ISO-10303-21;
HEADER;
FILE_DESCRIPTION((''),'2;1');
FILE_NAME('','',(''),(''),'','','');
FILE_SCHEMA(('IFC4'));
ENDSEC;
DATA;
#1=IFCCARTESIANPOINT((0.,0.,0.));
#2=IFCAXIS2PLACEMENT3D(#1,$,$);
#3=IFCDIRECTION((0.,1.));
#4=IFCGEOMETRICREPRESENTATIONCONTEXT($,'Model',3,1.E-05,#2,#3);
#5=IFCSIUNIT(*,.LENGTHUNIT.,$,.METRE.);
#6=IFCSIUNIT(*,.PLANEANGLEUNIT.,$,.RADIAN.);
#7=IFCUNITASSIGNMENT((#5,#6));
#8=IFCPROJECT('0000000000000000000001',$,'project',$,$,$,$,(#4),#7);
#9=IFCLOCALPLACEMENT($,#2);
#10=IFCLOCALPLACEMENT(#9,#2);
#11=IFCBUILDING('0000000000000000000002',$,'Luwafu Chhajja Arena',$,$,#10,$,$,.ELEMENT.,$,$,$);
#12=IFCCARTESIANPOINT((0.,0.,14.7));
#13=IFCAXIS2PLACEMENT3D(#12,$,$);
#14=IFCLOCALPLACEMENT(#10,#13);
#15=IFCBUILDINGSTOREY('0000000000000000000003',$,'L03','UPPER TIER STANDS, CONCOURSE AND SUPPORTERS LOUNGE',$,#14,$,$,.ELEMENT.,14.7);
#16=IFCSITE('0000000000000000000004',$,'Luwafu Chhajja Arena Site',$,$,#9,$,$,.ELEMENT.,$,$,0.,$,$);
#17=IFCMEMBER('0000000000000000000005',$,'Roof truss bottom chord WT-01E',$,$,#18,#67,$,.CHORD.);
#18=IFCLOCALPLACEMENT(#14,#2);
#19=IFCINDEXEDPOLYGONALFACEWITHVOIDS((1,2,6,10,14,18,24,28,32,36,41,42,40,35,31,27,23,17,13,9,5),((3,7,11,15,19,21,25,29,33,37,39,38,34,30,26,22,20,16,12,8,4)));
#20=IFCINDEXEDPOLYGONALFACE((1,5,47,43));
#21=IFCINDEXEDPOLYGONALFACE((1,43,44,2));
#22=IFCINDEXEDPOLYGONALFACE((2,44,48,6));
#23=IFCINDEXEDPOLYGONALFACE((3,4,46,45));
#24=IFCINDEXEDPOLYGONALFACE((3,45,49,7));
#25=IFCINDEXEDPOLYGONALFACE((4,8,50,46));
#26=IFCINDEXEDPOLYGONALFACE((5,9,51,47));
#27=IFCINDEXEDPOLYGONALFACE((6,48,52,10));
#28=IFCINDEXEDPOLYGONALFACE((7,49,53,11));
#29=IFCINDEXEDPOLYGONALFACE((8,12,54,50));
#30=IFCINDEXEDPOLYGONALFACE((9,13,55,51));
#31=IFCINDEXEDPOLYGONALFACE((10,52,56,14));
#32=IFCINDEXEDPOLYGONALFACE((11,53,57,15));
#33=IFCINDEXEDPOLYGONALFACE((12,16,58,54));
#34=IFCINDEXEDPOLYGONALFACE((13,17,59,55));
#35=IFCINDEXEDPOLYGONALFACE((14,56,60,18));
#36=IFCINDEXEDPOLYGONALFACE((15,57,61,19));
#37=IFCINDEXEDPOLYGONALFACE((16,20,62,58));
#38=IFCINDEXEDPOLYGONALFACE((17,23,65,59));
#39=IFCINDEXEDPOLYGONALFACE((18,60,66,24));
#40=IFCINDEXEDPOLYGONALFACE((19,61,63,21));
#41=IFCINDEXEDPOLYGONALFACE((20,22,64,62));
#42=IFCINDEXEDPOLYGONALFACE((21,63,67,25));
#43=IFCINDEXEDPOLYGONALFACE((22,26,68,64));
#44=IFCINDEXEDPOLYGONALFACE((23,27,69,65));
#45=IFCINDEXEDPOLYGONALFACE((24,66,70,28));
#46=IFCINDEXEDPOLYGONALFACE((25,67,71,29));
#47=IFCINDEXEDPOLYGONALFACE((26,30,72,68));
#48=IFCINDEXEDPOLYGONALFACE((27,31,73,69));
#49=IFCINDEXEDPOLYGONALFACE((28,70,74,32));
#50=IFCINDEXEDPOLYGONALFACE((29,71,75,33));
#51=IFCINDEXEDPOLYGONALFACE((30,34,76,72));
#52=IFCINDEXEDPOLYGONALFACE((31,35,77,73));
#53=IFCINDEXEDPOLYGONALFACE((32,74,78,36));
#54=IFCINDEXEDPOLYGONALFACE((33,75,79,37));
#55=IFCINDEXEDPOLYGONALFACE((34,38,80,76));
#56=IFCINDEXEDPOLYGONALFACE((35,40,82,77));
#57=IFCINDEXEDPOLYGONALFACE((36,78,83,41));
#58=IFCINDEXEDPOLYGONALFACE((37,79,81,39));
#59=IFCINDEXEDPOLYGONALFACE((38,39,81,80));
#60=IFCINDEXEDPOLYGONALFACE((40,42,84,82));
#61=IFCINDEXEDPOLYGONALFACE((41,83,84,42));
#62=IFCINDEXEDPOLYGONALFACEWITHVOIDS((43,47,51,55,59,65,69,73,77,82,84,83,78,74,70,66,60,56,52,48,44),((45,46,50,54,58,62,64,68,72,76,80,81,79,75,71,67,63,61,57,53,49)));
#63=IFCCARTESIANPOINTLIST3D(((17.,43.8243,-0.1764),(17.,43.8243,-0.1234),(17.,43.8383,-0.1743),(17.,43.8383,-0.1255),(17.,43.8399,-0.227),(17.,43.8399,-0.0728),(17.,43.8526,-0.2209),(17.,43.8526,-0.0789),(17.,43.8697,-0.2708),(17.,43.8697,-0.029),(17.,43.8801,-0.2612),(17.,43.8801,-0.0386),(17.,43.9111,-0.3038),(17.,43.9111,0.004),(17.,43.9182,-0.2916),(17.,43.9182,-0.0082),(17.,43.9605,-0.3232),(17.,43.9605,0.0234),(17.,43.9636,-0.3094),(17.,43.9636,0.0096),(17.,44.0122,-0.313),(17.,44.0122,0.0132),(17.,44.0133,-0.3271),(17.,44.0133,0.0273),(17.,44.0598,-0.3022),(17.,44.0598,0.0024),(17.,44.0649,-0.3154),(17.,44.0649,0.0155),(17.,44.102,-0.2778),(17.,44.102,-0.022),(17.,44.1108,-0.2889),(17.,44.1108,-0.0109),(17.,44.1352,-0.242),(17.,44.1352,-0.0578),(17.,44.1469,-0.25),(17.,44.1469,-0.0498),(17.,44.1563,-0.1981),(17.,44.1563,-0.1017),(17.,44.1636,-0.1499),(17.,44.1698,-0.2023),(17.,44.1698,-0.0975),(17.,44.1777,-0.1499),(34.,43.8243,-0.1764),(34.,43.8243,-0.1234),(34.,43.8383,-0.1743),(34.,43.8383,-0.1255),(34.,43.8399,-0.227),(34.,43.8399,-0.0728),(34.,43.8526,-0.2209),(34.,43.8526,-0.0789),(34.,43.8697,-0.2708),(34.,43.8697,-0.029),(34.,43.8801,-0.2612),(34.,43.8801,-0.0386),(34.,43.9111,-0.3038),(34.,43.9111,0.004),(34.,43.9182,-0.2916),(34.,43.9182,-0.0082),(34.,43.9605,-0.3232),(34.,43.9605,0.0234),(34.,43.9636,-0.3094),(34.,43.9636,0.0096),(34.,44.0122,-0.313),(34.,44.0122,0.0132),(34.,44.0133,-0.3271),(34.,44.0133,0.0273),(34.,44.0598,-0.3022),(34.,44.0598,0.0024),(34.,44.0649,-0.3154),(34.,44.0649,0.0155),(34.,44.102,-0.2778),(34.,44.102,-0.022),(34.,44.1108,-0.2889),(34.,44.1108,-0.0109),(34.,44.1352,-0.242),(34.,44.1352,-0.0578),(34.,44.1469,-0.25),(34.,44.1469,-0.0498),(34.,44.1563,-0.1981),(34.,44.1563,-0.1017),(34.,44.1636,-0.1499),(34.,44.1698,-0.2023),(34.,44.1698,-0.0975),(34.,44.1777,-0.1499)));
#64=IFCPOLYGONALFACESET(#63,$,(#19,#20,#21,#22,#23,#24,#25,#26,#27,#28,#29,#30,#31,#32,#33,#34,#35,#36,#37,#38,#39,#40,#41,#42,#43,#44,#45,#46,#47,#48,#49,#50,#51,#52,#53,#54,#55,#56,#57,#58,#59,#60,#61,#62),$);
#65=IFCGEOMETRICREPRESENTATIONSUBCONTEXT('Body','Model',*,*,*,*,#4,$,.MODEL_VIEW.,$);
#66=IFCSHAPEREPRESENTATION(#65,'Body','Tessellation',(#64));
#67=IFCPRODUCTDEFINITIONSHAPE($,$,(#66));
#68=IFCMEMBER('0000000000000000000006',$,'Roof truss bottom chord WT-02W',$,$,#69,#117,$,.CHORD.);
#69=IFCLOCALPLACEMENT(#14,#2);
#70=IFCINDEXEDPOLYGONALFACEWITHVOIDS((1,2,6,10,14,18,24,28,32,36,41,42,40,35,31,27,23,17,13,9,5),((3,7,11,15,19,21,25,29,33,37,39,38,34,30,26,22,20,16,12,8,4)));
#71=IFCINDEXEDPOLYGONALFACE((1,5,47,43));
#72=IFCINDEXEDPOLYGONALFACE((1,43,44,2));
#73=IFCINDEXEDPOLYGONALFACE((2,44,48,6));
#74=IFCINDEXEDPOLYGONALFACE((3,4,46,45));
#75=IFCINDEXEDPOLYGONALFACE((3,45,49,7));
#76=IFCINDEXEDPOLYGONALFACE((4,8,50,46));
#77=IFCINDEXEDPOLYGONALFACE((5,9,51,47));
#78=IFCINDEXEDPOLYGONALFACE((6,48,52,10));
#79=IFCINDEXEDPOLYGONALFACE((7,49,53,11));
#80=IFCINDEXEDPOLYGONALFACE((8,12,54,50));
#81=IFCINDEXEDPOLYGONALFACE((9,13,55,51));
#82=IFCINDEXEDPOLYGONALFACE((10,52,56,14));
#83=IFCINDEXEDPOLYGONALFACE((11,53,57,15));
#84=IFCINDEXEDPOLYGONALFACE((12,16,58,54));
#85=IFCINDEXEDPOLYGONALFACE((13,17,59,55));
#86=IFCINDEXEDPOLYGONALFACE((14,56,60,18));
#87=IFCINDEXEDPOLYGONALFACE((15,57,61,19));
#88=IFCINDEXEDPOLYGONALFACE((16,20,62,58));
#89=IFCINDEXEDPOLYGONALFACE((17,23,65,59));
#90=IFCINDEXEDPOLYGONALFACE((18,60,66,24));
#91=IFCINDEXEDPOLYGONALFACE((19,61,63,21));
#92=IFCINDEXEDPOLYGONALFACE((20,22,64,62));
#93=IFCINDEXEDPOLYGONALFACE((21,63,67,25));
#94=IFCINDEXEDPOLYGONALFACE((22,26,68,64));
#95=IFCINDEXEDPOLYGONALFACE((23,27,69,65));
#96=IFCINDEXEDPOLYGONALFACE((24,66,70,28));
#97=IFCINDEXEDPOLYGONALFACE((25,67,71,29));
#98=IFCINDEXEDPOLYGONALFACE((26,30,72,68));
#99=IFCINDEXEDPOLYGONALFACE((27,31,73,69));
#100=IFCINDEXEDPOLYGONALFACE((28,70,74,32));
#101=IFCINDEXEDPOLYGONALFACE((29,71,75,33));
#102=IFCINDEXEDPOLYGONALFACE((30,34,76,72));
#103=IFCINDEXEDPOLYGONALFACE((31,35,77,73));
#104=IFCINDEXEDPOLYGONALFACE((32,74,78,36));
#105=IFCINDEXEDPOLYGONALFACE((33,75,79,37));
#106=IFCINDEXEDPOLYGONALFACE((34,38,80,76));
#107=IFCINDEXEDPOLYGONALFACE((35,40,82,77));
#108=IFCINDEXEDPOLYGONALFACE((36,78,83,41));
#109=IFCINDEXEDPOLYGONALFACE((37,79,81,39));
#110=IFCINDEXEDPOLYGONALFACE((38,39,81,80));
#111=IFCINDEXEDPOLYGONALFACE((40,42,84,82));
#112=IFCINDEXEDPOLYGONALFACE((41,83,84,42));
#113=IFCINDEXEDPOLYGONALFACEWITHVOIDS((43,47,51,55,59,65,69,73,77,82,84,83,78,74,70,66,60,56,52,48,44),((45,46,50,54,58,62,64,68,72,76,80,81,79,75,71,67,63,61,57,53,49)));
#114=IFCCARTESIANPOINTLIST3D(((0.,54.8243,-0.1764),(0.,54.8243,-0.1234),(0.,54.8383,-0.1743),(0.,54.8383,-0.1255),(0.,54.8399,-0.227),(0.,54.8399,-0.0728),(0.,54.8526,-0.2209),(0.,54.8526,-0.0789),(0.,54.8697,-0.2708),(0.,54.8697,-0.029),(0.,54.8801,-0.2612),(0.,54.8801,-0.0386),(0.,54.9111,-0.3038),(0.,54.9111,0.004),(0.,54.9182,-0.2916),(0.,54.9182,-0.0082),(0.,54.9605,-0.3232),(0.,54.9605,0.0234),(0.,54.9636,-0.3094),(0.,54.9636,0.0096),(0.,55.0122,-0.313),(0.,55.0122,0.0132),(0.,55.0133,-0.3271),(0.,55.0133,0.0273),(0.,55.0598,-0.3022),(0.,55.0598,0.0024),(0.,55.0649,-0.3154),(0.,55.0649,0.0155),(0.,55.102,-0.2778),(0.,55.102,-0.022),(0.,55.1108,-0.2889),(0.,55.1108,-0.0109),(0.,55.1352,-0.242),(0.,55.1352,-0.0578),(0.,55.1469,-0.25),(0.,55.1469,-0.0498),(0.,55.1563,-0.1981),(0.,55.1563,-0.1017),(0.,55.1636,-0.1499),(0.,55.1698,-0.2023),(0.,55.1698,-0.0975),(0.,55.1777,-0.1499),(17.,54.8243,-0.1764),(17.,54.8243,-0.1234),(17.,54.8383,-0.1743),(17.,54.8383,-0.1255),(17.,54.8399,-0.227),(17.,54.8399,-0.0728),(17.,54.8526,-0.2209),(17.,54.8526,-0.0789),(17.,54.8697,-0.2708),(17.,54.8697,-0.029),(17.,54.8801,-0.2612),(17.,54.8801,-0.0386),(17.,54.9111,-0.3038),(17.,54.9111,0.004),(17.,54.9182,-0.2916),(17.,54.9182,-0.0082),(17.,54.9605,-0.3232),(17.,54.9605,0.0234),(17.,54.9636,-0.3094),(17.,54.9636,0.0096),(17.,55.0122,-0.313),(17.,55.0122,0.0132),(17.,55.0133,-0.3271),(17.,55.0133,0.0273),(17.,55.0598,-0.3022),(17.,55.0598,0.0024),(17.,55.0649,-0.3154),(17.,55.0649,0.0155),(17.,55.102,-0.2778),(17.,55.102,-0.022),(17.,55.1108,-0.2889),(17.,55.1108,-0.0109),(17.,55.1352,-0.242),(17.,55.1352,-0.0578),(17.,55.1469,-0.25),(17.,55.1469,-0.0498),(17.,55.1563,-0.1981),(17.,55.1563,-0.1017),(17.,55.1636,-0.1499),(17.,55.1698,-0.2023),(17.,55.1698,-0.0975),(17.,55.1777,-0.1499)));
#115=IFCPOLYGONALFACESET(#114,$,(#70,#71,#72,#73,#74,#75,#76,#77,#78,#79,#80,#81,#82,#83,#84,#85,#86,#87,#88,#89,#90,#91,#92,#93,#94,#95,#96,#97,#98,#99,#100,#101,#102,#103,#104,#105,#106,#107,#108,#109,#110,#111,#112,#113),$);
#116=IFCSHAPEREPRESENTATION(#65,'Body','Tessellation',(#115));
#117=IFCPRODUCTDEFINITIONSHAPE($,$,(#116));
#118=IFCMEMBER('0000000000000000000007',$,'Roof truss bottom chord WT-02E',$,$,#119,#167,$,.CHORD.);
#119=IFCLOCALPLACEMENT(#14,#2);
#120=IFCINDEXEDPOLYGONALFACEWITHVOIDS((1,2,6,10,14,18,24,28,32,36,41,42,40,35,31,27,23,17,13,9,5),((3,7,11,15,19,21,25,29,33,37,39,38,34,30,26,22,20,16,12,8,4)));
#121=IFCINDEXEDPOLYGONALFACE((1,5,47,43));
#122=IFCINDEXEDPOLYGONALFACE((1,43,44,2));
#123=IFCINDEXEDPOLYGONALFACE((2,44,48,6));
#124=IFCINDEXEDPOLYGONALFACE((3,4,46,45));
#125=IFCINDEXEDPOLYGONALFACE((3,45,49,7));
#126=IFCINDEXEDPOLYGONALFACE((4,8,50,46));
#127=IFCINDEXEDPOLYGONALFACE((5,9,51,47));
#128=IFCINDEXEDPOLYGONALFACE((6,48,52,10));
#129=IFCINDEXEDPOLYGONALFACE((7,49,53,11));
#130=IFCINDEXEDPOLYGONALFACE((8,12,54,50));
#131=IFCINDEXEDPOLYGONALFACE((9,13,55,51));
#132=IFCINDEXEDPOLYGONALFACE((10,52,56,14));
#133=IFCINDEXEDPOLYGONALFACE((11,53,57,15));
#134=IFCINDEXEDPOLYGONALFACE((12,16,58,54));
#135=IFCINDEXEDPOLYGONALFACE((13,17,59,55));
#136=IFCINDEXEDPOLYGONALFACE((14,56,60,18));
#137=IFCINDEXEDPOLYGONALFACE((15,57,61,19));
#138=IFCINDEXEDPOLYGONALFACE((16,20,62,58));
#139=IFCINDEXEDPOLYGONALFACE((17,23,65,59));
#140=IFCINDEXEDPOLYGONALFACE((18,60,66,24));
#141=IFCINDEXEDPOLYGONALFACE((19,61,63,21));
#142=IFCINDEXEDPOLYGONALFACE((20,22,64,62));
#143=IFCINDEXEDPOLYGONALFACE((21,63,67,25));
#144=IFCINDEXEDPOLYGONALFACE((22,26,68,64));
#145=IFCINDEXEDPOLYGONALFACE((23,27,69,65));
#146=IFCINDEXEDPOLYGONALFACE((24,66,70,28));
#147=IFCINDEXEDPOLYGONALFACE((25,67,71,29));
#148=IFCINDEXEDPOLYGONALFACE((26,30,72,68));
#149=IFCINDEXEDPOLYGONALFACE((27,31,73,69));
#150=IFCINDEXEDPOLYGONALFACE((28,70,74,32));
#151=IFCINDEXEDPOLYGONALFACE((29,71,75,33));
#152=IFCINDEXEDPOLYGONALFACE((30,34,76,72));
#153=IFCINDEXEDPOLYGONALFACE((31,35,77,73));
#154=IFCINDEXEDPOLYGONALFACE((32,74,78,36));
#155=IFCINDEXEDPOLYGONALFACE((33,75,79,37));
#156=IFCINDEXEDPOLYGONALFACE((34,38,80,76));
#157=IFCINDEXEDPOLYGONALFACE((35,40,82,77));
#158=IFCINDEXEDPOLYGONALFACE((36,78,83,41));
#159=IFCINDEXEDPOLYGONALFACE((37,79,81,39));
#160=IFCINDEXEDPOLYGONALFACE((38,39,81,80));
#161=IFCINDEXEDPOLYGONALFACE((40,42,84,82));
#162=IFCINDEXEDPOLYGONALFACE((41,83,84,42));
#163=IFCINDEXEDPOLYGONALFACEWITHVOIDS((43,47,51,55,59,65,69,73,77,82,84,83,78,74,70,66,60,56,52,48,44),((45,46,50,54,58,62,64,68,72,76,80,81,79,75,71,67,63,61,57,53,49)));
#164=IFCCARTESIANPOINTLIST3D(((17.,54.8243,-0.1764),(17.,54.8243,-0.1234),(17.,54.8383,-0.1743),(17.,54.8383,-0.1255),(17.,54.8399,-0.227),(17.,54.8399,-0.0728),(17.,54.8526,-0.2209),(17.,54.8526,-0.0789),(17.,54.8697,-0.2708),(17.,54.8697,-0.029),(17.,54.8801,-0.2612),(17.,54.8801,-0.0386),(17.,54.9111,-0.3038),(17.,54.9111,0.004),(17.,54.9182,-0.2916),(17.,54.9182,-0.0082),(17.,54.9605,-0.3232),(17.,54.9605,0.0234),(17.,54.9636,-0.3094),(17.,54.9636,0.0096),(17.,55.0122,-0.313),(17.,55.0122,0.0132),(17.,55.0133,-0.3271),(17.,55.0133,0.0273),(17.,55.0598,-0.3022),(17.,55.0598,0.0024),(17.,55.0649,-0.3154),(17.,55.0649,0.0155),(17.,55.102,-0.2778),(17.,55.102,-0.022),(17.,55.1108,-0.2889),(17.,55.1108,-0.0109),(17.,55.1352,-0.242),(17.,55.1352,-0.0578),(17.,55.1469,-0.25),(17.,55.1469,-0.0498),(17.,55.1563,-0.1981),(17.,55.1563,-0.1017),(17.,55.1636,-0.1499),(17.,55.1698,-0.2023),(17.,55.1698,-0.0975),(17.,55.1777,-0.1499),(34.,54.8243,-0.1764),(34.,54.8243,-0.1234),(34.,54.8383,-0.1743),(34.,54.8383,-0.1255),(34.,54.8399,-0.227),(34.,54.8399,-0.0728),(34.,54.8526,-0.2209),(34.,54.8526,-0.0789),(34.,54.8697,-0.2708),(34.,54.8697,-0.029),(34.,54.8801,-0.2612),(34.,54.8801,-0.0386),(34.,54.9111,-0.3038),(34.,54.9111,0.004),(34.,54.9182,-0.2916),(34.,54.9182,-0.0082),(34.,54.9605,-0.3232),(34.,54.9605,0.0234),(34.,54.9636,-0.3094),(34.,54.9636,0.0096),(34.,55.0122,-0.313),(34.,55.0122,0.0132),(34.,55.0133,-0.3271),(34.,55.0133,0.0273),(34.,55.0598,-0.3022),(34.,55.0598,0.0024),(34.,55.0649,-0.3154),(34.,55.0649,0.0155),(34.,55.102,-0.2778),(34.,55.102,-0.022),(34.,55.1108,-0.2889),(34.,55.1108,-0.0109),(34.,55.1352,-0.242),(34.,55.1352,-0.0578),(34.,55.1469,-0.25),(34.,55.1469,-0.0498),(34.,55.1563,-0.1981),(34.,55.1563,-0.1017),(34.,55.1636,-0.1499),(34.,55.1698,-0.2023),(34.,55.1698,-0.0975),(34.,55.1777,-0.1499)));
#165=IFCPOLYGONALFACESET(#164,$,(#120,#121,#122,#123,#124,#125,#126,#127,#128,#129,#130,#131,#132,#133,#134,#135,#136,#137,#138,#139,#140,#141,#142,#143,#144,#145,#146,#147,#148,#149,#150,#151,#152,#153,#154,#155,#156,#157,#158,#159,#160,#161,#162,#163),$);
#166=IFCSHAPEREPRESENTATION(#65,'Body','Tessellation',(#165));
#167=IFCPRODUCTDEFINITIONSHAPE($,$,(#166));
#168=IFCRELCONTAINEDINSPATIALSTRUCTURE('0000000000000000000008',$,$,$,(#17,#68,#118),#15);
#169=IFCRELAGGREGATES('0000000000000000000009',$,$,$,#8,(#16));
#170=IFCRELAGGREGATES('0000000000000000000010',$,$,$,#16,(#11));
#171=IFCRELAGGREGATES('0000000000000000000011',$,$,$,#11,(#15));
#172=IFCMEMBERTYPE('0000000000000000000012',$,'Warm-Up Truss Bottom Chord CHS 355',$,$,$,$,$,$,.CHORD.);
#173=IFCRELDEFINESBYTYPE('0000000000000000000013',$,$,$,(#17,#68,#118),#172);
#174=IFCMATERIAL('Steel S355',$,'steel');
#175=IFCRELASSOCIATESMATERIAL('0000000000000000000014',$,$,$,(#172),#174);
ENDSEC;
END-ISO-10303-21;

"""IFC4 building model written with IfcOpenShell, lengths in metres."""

from ifc_helpers import new_model, si_unit, direction, frame, origin, origin_2d, place, context, subcontext, project, spatial, hollow_circle, extrude, material, material_profile, profile_set, type_object, element, save


model = new_model("IFC4")

# Units and contexts
model_context = context("Model", 3, precision=1e-05, world=origin(), true_north=direction((0.0, 1.0)))
body_context = subcontext(model_context, "Body", "Model", "MODEL_VIEW")
ifc_project = project(units=[si_unit("LENGTHUNIT", "METRE"), si_unit("PLANEANGLEUNIT", "RADIAN")], contexts=[model_context])

# Site, building, storey
site_placement = place(None, origin())
site = spatial("IfcSite", under=ifc_project, at=site_placement, Name="Luwafu Chhajja Arena Site", CompositionType="ELEMENT", RefElevation=0.0)
building_placement = place(site_placement, origin())
building = spatial("IfcBuilding", under=site, at=building_placement, Name="Luwafu Chhajja Arena", CompositionType="ELEMENT")
storey_placement = place(building_placement, frame((0.0, 0.0, 14.7)))
storey = spatial("IfcBuildingStorey", under=building, at=storey_placement, Name="L03", Description="UPPER TIER STANDS, CONCOURSE AND SUPPORTERS LOUNGE", CompositionType="ELEMENT", Elevation=14.7)

# Shared definitions
ifc_material_1 = material(Name="Steel S355", Category="steel")

# Members
ifc_material_profile_1 = material_profile(ifc_material_1, hollow_circle(Radius=0.1777, WallThickness=0.0142, at=origin_2d()), Name="CHS 355.6x14.2")
ifc_profile_set_1 = profile_set([ifc_material_profile_1], Name="Steel S355")
member_type_1 = type_object("IfcMemberType", Name="Warm-Up Truss Bottom Chord CHS 355", PredefinedType="CHORD", material=ifc_profile_set_1)
for number, where, z_axis, x_axis, name in (
    (1, (17.0, 44.0, -0.1499), (1.0, 0.0, 0.0), (0.0, 1.0, 0.0), "Roof truss bottom chord WT-01E"),
    (2, (0.0, 55.0, -0.1499), (1.0, 0.0, 0.0), (0.0, 1.0, 0.0), "Roof truss bottom chord WT-02W"),
    (3, (17.0, 55.0, -0.1499), (1.0, 0.0, 0.0), (0.0, 1.0, 0.0), "Roof truss bottom chord WT-02E"),
):
    element("IfcMember", number, at=place(storey_placement, frame(where, z_axis=z_axis, x_axis=x_axis)), inside=storey, type_object=member_type_1, Name=name, PredefinedType="CHORD", context=body_context, shape_type="SweptSolid", body=[
        extrude(hollow_circle(Radius=0.1777, WallThickness=0.0142, at=origin_2d()), origin(), (0.0, 0.0, 1.0), 17.0),
    ])

save(model, "model.ifc")
